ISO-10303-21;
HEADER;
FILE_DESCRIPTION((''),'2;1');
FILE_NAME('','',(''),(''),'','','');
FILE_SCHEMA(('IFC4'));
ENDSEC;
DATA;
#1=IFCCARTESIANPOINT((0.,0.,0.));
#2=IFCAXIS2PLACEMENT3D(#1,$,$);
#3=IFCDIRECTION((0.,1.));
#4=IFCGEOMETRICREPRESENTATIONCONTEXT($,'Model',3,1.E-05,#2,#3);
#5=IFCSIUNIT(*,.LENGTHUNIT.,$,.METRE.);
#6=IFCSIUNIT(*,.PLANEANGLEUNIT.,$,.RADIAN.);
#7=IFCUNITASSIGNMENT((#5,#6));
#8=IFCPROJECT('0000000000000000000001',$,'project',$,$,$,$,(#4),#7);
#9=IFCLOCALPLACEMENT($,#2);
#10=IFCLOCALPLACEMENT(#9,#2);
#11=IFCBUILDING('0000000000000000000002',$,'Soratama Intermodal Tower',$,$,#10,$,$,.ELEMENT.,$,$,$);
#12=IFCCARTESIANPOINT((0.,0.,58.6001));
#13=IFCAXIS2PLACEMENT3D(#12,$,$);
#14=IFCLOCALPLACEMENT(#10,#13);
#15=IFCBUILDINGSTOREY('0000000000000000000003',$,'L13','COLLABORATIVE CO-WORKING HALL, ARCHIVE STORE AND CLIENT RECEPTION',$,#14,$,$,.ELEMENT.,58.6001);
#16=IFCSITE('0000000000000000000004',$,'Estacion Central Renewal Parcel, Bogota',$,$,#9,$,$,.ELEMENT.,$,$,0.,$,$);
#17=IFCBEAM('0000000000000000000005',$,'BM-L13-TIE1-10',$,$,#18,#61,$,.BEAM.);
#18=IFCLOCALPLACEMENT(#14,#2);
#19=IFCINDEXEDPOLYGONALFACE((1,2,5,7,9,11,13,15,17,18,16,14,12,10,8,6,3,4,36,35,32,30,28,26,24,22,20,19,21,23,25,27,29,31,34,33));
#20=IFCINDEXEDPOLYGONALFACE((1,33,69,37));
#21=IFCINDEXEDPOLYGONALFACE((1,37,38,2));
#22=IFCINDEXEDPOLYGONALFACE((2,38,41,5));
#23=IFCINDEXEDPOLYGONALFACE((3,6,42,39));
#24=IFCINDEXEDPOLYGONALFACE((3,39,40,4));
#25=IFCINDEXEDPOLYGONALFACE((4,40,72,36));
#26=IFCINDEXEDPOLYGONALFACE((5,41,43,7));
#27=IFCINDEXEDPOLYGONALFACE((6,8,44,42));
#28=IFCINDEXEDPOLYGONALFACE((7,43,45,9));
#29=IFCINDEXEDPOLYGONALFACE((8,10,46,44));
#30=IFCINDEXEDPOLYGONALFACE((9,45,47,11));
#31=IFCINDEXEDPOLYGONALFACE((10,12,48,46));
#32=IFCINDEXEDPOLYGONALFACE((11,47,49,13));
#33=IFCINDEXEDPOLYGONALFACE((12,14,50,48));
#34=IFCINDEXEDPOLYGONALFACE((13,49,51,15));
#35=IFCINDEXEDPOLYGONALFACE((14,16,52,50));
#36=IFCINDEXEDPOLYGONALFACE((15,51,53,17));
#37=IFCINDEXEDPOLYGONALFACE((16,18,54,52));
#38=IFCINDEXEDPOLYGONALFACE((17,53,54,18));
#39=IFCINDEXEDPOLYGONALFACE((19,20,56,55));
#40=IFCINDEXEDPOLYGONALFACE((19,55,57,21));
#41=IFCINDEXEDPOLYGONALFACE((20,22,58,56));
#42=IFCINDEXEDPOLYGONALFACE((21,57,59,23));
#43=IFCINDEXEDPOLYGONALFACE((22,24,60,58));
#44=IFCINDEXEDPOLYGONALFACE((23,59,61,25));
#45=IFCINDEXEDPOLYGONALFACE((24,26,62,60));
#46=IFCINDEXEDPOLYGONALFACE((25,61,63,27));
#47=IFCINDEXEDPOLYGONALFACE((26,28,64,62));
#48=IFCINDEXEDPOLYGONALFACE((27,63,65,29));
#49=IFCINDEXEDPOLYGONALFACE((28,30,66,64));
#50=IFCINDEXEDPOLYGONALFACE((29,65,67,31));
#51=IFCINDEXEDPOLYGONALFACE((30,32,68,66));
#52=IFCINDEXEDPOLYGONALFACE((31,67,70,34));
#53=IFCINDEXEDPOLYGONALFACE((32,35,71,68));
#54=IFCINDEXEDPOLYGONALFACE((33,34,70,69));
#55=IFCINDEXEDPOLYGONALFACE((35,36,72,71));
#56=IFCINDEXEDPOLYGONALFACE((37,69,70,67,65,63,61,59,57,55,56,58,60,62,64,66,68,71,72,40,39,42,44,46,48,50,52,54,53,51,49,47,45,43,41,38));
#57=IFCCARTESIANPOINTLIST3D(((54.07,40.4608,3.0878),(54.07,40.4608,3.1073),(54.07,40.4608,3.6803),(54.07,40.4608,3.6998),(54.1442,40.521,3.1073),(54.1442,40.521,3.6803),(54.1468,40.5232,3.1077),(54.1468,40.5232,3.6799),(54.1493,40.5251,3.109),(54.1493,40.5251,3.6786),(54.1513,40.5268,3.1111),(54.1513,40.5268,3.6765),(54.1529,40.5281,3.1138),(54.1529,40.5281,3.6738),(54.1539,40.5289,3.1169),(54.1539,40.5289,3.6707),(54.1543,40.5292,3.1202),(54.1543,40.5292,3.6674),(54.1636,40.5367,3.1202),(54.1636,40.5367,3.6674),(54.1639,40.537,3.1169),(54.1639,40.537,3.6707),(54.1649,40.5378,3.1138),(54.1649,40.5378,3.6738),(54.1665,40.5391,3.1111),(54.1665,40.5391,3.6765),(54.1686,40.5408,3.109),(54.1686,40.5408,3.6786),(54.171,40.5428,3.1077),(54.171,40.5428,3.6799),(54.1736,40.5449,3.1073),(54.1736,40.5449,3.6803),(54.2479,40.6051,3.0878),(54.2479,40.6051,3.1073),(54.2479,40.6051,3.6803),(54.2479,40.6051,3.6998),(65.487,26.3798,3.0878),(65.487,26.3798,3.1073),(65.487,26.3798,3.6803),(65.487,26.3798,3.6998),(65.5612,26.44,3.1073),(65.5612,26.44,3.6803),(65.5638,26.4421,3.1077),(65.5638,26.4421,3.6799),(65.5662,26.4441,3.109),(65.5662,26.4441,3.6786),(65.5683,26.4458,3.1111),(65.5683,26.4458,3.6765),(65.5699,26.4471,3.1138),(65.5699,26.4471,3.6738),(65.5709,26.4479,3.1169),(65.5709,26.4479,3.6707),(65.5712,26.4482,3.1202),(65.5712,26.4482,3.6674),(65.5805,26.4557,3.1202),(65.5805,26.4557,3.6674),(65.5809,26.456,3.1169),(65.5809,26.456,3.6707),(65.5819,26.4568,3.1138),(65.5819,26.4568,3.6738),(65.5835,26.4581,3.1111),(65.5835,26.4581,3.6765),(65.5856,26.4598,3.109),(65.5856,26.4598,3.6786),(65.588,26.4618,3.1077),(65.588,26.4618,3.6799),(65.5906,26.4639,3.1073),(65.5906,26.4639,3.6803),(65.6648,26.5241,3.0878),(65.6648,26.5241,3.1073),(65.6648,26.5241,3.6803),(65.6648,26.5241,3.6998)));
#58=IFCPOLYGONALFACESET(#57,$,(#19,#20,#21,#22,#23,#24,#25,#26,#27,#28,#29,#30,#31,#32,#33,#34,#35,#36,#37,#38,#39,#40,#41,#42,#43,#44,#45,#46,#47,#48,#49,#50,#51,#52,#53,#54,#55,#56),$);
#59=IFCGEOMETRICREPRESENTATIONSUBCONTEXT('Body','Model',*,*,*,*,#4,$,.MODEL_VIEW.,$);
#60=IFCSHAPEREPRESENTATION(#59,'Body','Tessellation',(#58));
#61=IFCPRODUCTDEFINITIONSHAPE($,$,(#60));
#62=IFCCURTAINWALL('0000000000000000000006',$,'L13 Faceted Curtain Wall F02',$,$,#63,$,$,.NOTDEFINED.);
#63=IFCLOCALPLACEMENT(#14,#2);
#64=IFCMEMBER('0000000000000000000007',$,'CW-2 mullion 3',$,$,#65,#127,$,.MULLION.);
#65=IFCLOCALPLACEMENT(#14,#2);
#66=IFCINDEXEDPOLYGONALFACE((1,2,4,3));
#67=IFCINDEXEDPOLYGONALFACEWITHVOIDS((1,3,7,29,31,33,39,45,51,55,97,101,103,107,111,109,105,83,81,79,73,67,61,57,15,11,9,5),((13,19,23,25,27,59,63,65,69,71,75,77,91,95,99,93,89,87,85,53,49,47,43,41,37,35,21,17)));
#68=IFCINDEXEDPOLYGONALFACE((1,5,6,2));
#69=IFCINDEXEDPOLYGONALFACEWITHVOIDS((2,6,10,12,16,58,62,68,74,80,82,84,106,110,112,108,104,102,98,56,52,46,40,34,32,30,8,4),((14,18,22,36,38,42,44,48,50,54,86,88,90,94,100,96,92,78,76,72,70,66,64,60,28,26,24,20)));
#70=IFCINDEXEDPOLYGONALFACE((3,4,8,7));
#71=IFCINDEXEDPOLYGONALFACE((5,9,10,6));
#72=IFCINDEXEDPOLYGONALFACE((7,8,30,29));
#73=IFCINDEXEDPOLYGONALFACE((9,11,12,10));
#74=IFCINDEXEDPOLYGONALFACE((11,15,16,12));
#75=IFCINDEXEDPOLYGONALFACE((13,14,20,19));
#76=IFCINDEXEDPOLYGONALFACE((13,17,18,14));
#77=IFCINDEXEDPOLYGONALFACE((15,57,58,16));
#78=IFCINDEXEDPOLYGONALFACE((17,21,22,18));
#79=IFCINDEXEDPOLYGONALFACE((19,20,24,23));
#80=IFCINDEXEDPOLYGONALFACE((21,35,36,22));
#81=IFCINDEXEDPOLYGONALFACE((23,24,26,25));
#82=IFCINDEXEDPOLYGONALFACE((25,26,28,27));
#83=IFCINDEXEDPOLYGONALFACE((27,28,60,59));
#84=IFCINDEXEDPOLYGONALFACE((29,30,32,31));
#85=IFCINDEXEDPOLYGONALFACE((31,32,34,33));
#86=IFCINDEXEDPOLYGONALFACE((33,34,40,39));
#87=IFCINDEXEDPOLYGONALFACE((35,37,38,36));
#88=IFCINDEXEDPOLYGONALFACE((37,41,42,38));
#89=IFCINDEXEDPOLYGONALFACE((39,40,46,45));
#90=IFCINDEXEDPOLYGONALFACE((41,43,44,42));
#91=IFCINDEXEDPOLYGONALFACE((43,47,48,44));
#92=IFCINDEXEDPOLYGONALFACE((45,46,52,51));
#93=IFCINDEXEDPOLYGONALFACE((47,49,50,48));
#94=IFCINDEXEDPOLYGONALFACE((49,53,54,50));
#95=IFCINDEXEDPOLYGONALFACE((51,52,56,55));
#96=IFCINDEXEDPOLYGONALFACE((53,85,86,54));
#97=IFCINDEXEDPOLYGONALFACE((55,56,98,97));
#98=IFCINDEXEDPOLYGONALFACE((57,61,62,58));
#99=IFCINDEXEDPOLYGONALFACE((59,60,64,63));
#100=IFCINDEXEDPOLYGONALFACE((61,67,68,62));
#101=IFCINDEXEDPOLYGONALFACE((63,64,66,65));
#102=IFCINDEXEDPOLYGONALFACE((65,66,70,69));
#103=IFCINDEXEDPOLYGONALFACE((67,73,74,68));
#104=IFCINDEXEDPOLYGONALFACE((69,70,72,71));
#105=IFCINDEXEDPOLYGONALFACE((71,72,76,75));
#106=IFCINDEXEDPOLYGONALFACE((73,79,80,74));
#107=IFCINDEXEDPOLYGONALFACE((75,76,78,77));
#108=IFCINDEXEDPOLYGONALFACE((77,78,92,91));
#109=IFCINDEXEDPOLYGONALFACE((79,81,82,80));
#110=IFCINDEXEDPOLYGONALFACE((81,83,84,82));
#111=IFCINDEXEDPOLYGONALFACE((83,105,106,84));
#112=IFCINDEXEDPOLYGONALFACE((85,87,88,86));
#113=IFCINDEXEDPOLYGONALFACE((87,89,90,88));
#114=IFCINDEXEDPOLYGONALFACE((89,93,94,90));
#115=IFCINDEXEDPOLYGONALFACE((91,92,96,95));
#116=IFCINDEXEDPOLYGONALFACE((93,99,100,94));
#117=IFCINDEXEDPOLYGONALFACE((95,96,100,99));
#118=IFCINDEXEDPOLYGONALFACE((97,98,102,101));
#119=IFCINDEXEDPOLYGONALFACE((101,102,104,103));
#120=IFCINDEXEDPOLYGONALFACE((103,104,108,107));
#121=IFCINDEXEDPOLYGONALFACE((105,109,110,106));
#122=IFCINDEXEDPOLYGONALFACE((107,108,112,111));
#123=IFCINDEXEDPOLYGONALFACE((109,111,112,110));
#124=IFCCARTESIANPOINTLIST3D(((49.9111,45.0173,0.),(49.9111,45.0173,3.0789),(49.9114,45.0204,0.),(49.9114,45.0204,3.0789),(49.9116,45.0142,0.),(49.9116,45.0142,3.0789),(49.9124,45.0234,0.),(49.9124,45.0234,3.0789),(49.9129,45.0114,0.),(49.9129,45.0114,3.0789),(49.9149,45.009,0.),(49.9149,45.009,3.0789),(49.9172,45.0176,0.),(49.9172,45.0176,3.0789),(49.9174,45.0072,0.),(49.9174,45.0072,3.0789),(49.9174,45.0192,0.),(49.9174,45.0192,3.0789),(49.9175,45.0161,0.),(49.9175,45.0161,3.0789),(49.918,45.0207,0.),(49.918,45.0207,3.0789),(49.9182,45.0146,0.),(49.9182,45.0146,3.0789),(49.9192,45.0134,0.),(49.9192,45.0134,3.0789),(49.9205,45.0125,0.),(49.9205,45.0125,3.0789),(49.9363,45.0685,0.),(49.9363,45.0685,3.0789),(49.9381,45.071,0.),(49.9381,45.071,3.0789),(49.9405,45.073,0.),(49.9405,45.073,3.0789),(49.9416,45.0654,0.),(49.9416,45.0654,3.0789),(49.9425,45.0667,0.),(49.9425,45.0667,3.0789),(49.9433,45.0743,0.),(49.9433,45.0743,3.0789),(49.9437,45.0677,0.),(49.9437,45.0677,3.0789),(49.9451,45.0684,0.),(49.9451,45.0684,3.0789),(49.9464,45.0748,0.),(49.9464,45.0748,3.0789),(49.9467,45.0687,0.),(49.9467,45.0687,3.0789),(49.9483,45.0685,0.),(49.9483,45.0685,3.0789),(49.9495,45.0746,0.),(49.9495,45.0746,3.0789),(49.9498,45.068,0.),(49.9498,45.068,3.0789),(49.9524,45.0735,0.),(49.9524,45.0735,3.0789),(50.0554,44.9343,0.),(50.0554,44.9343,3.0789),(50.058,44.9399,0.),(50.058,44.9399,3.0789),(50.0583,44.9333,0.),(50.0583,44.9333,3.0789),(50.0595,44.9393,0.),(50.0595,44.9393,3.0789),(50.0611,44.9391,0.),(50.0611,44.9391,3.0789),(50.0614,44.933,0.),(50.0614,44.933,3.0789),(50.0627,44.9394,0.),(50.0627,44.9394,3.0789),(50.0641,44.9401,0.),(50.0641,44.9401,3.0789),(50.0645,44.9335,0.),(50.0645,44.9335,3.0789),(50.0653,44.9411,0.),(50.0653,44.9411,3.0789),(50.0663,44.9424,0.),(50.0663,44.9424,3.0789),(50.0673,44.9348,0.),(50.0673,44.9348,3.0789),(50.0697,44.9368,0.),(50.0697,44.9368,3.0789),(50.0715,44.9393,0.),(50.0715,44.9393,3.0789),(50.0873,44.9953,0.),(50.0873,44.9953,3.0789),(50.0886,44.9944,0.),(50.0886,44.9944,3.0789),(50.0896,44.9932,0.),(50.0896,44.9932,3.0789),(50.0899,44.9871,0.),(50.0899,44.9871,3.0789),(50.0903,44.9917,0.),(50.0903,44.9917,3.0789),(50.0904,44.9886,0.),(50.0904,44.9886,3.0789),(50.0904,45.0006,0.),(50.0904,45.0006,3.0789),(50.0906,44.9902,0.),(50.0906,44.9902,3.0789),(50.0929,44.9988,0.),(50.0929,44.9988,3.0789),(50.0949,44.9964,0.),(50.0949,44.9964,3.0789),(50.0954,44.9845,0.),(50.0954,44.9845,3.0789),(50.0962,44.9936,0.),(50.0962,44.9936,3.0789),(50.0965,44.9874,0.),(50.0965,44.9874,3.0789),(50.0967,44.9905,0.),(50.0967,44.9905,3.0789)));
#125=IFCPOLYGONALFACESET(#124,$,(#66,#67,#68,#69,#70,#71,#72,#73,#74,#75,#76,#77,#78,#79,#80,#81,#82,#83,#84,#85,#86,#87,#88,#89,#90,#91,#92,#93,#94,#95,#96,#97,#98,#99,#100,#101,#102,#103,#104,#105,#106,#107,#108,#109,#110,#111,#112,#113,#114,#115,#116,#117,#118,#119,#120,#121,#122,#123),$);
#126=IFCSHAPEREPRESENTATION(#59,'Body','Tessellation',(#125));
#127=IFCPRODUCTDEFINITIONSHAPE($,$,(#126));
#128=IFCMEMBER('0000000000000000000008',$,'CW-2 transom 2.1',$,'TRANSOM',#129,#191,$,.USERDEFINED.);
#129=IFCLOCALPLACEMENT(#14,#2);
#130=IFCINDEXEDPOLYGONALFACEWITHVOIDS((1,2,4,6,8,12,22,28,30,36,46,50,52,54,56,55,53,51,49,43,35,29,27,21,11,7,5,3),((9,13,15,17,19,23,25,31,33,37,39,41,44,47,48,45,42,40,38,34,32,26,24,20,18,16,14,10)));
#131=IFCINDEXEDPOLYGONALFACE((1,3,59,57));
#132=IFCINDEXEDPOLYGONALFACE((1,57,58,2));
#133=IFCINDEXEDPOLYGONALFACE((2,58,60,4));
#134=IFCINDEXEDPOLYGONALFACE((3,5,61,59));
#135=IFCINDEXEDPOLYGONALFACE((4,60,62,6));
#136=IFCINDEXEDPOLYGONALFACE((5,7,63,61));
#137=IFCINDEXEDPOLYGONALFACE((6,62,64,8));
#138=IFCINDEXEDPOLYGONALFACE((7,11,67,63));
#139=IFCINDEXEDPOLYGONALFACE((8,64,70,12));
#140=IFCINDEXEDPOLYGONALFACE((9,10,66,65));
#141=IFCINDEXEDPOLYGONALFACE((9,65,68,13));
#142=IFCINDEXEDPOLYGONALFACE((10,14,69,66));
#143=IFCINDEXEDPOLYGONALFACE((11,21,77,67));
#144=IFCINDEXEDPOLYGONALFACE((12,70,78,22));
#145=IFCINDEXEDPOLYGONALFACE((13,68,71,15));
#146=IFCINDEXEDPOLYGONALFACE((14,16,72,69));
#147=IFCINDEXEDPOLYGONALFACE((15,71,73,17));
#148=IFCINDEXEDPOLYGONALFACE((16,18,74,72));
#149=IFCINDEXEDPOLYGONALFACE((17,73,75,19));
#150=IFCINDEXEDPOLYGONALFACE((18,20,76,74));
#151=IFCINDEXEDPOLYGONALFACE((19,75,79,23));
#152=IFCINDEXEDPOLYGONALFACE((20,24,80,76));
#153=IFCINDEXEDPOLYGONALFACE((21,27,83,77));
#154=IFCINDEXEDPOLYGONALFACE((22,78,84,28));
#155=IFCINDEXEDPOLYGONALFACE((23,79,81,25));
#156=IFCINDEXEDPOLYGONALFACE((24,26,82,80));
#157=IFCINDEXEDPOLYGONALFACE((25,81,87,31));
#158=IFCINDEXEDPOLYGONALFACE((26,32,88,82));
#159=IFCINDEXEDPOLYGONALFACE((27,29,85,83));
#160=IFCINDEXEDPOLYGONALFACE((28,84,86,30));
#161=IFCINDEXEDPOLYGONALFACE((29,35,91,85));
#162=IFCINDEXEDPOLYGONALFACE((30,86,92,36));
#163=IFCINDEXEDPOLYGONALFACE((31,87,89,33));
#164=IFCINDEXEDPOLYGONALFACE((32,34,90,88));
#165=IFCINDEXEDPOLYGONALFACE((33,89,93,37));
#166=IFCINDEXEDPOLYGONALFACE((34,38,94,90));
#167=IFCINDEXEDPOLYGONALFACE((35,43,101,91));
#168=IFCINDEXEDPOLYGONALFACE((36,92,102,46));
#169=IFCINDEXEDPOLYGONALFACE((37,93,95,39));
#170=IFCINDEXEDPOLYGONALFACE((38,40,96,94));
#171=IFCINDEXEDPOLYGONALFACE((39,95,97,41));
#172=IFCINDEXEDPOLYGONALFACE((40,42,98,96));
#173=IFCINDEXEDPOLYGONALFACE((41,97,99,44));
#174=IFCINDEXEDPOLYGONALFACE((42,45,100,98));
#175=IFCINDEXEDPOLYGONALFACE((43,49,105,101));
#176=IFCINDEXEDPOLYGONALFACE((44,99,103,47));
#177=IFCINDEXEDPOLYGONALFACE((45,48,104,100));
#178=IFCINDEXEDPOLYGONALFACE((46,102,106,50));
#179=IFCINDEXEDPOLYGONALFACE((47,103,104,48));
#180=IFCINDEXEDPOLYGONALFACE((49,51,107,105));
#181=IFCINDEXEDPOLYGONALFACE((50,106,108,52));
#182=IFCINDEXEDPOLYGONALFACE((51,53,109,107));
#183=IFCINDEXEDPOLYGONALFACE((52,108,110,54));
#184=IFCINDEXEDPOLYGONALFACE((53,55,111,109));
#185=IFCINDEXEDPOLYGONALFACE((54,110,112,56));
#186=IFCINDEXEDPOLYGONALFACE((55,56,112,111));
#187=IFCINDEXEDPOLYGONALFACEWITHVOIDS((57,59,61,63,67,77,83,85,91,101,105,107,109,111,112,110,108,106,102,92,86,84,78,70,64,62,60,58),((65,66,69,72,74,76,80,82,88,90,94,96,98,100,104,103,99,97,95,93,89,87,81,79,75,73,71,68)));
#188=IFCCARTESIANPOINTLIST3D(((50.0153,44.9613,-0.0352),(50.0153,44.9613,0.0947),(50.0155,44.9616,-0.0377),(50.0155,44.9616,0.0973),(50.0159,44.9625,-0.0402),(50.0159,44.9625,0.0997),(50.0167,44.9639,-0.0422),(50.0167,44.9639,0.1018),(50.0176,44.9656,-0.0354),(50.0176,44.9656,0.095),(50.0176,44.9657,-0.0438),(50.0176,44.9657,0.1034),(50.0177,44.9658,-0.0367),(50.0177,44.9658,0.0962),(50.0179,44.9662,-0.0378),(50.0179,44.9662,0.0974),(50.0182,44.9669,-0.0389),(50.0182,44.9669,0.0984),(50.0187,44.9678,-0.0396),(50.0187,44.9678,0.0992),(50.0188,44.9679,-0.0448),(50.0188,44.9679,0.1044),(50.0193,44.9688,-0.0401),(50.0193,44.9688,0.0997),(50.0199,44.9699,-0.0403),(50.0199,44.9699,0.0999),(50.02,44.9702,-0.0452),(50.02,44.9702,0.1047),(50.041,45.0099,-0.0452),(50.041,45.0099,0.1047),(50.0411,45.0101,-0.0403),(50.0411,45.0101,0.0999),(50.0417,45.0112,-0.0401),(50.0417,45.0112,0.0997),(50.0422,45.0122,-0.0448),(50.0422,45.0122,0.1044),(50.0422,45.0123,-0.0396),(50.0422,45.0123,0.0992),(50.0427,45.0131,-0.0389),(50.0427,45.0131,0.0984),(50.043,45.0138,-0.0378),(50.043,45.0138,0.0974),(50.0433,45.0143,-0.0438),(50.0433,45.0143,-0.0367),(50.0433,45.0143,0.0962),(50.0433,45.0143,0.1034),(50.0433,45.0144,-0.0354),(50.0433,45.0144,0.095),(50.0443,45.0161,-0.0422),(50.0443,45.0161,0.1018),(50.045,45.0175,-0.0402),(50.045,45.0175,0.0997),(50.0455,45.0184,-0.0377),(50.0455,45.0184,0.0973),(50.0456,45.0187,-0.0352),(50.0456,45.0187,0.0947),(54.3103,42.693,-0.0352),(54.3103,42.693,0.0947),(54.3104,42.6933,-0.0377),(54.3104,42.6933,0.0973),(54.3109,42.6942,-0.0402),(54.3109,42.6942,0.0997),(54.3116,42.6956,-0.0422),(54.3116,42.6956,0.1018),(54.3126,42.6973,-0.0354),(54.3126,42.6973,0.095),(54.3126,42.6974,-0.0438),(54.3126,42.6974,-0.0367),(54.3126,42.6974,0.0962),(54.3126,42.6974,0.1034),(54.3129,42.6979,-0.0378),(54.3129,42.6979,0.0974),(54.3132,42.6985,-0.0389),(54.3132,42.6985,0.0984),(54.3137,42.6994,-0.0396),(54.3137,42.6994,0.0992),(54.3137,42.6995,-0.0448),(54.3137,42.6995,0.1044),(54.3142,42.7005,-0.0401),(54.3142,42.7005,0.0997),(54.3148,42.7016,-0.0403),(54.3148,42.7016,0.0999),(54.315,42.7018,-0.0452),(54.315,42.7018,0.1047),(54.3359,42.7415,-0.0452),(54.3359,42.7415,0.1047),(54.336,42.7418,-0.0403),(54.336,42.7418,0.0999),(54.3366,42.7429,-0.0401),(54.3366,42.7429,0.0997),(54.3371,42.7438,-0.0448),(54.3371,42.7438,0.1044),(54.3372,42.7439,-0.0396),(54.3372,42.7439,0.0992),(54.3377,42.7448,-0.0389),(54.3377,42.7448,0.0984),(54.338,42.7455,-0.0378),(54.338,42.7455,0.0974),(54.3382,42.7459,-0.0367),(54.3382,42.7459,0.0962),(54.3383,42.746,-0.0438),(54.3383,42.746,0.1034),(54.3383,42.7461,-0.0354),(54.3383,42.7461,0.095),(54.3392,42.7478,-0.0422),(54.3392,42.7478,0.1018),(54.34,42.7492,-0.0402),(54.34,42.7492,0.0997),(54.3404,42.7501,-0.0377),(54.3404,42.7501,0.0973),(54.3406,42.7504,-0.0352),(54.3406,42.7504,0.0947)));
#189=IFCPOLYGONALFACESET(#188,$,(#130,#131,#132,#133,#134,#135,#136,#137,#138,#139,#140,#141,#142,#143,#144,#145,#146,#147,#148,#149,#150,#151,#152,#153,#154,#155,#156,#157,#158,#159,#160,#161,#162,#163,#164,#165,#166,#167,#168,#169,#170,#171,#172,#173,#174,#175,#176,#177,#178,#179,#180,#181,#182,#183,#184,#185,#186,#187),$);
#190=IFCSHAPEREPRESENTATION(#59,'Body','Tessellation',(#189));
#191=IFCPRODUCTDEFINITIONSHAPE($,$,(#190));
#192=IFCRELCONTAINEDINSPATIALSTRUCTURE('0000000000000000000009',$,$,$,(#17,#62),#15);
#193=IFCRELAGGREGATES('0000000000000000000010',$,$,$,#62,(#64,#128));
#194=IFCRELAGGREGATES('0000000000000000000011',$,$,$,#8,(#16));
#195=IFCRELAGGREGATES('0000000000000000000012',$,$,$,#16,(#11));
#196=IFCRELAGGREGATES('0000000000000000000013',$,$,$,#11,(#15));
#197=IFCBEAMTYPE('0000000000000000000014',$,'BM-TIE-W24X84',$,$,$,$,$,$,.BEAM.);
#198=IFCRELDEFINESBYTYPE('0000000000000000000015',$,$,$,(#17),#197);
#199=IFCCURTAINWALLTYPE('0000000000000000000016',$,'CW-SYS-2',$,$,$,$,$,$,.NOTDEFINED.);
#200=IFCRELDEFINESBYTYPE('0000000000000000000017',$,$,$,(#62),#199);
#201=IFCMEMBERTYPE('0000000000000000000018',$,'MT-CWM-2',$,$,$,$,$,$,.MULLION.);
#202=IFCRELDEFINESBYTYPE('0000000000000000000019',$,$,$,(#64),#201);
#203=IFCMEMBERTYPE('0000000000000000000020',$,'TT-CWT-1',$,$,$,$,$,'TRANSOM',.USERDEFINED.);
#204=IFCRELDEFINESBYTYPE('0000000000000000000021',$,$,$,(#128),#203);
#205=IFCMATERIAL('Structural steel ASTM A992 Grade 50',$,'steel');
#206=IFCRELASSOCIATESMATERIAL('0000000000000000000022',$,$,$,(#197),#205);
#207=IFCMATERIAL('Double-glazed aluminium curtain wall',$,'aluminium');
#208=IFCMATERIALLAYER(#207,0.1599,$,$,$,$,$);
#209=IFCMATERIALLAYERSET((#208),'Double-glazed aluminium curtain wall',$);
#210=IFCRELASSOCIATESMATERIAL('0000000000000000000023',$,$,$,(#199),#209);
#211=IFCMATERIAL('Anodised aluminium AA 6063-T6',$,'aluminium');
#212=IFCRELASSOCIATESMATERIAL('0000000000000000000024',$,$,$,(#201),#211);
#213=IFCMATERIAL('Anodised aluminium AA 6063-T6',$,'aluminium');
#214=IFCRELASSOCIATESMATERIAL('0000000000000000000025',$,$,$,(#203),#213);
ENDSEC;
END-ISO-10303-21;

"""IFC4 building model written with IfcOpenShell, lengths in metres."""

from ifc_helpers import new_model, si_unit, direction, frame, origin, origin_2d, place, context, subcontext, project, spatial, hollow_rectangle, i_section, extrude, material, layer, layer_set, material_profile, profile_set, type_object, element, aggregate, save


model = new_model("IFC4")

# Units and contexts
model_context = context("Model", 3, precision=1e-05, world=origin(), true_north=direction((0.0, 1.0)))
body_context = subcontext(model_context, "Body", "Model", "MODEL_VIEW")
ifc_project = project(units=[si_unit("LENGTHUNIT", "METRE"), si_unit("PLANEANGLEUNIT", "RADIAN")], contexts=[model_context])

# Site, building, storey
site_placement = place(None, origin())
site = spatial("IfcSite", under=ifc_project, at=site_placement, Name="Estacion Central Renewal Parcel, Bogota", CompositionType="ELEMENT", RefElevation=0.0)
building_placement = place(site_placement, origin())
building = spatial("IfcBuilding", under=site, at=building_placement, Name="Soratama Intermodal Tower", CompositionType="ELEMENT")
storey_placement = place(building_placement, frame((0.0, 0.0, 58.6001)))
storey = spatial("IfcBuildingStorey", under=building, at=storey_placement, Name="L13", Description="COLLABORATIVE CO-WORKING HALL, ARCHIVE STORE AND CLIENT RECEPTION", CompositionType="ELEMENT", Elevation=58.6001)

# Beam
ifc_material_1 = material(Name="Structural steel ASTM A992 Grade 50", Category="steel")
ifc_material_profile_1 = material_profile(ifc_material_1, i_section(OverallWidth=0.229, OverallDepth=0.6121, WebThickness=0.012, FlangeThickness=0.0195, FilletRadius=0.0129, at=origin_2d()), Name="W24X84")
ifc_profile_set_1 = profile_set([ifc_material_profile_1], Name="Structural steel ASTM A992 Grade 50")
beam_type_1 = type_object("IfcBeamType", Name="BM-TIE-W24X84", PredefinedType="BEAM", material=ifc_profile_set_1)
beam_1_placement = place(storey_placement, frame((54.1589, 40.533, 3.3938), z_axis=(0.629799, -0.776758, 0.0), x_axis=(0.776758, 0.629799, 0.0)))
element("IfcBeam", 1, at=beam_1_placement, inside=storey, type_object=beam_type_1, Name="BM-L13-TIE1-10", PredefinedType="BEAM", context=body_context, shape_type="SweptSolid", body=[
    extrude(i_section(OverallWidth=0.229, OverallDepth=0.6121, WebThickness=0.012, FlangeThickness=0.0195, FilletRadius=0.0129, at=origin_2d()), origin(), (0.0, 0.0, 1.0), 18.1279),
])

# Curtain wall, members
ifc_material_2 = material(Name="Double-glazed aluminium curtain wall", Category="aluminium")
ifc_layer_1 = layer(ifc_material_2, 0.1599)
ifc_layer_set_1 = layer_set([ifc_layer_1], Name="Double-glazed aluminium curtain wall")
curtain_wall_type = type_object("IfcCurtainWallType", Name="CW-SYS-2", PredefinedType="NOTDEFINED", material=ifc_layer_set_1)
curtain_wall_placement = place(storey_placement, origin())
curtain_wall = element("IfcCurtainWall", 2, at=curtain_wall_placement, inside=storey, type_object=curtain_wall_type, Name="L13 Faceted Curtain Wall F02", PredefinedType="NOTDEFINED")
ifc_material_3 = material(Name="Anodised aluminium AA 6063-T6", Category="aluminium")
ifc_material_profile_2 = material_profile(ifc_material_3, hollow_rectangle(XDim=0.075, YDim=0.1799, WallThickness=0.0061, InnerFilletRadius=0.0061, OuterFilletRadius=0.012, at=origin_2d()), Name="CWM180X75X6")
ifc_profile_set_2 = profile_set([ifc_material_profile_2], Name="Anodised aluminium AA 6063-T6")
member_type_1 = type_object("IfcMemberType", Name="MT-CWM-2", PredefinedType="MULLION", material=ifc_profile_set_2)
member_1_placement = place(storey_placement, frame((50.0039, 45.0039, 0.0), z_axis=(0.0, 0.0, 1.0), x_axis=(-0.467001, -0.884257, 0.0)))
member_1 = element("IfcMember", 3, at=member_1_placement, type_object=member_type_1, Name="CW-2 mullion 3", PredefinedType="MULLION", context=body_context, shape_type="SweptSolid", body=[
    extrude(hollow_rectangle(XDim=0.075, YDim=0.1799, WallThickness=0.0061, InnerFilletRadius=0.0061, OuterFilletRadius=0.012, at=origin_2d()), origin(), (0.0, 0.0, 1.0), 3.0789),
])
ifc_material_4 = material(Name="Anodised aluminium AA 6063-T6", Category="aluminium")
ifc_material_profile_3 = material_profile(ifc_material_4, hollow_rectangle(XDim=0.0649, YDim=0.1499, WallThickness=0.0049, InnerFilletRadius=0.0049, OuterFilletRadius=0.01, at=origin_2d()), Name="CWT150X65X5")
ifc_profile_set_3 = profile_set([ifc_material_profile_3], Name="Anodised aluminium AA 6063-T6")
member_type_2 = type_object("IfcMemberType", Name="TT-CWT-1", ElementType="TRANSOM", PredefinedType="USERDEFINED", material=ifc_profile_set_3)
member_2_placement = place(storey_placement, frame((54.3254, 42.7217, 0.0298), z_axis=(-0.884253, 0.467008, 0.0), x_axis=(-0.467008, -0.884253, 0.0)))
member_2 = element("IfcMember", 4, at=member_2_placement, type_object=member_type_2, Name="CW-2 transom 2.1", ObjectType="TRANSOM", PredefinedType="USERDEFINED", context=body_context, shape_type="SweptSolid", body=[
    extrude(hollow_rectangle(XDim=0.0649, YDim=0.1499, WallThickness=0.0049, InnerFilletRadius=0.0049, OuterFilletRadius=0.01, at=origin_2d()), origin(), (0.0, 0.0, 1.0), 4.8572),
])
aggregate(curtain_wall, [member_1, member_2])

save(model, "model.ifc")
